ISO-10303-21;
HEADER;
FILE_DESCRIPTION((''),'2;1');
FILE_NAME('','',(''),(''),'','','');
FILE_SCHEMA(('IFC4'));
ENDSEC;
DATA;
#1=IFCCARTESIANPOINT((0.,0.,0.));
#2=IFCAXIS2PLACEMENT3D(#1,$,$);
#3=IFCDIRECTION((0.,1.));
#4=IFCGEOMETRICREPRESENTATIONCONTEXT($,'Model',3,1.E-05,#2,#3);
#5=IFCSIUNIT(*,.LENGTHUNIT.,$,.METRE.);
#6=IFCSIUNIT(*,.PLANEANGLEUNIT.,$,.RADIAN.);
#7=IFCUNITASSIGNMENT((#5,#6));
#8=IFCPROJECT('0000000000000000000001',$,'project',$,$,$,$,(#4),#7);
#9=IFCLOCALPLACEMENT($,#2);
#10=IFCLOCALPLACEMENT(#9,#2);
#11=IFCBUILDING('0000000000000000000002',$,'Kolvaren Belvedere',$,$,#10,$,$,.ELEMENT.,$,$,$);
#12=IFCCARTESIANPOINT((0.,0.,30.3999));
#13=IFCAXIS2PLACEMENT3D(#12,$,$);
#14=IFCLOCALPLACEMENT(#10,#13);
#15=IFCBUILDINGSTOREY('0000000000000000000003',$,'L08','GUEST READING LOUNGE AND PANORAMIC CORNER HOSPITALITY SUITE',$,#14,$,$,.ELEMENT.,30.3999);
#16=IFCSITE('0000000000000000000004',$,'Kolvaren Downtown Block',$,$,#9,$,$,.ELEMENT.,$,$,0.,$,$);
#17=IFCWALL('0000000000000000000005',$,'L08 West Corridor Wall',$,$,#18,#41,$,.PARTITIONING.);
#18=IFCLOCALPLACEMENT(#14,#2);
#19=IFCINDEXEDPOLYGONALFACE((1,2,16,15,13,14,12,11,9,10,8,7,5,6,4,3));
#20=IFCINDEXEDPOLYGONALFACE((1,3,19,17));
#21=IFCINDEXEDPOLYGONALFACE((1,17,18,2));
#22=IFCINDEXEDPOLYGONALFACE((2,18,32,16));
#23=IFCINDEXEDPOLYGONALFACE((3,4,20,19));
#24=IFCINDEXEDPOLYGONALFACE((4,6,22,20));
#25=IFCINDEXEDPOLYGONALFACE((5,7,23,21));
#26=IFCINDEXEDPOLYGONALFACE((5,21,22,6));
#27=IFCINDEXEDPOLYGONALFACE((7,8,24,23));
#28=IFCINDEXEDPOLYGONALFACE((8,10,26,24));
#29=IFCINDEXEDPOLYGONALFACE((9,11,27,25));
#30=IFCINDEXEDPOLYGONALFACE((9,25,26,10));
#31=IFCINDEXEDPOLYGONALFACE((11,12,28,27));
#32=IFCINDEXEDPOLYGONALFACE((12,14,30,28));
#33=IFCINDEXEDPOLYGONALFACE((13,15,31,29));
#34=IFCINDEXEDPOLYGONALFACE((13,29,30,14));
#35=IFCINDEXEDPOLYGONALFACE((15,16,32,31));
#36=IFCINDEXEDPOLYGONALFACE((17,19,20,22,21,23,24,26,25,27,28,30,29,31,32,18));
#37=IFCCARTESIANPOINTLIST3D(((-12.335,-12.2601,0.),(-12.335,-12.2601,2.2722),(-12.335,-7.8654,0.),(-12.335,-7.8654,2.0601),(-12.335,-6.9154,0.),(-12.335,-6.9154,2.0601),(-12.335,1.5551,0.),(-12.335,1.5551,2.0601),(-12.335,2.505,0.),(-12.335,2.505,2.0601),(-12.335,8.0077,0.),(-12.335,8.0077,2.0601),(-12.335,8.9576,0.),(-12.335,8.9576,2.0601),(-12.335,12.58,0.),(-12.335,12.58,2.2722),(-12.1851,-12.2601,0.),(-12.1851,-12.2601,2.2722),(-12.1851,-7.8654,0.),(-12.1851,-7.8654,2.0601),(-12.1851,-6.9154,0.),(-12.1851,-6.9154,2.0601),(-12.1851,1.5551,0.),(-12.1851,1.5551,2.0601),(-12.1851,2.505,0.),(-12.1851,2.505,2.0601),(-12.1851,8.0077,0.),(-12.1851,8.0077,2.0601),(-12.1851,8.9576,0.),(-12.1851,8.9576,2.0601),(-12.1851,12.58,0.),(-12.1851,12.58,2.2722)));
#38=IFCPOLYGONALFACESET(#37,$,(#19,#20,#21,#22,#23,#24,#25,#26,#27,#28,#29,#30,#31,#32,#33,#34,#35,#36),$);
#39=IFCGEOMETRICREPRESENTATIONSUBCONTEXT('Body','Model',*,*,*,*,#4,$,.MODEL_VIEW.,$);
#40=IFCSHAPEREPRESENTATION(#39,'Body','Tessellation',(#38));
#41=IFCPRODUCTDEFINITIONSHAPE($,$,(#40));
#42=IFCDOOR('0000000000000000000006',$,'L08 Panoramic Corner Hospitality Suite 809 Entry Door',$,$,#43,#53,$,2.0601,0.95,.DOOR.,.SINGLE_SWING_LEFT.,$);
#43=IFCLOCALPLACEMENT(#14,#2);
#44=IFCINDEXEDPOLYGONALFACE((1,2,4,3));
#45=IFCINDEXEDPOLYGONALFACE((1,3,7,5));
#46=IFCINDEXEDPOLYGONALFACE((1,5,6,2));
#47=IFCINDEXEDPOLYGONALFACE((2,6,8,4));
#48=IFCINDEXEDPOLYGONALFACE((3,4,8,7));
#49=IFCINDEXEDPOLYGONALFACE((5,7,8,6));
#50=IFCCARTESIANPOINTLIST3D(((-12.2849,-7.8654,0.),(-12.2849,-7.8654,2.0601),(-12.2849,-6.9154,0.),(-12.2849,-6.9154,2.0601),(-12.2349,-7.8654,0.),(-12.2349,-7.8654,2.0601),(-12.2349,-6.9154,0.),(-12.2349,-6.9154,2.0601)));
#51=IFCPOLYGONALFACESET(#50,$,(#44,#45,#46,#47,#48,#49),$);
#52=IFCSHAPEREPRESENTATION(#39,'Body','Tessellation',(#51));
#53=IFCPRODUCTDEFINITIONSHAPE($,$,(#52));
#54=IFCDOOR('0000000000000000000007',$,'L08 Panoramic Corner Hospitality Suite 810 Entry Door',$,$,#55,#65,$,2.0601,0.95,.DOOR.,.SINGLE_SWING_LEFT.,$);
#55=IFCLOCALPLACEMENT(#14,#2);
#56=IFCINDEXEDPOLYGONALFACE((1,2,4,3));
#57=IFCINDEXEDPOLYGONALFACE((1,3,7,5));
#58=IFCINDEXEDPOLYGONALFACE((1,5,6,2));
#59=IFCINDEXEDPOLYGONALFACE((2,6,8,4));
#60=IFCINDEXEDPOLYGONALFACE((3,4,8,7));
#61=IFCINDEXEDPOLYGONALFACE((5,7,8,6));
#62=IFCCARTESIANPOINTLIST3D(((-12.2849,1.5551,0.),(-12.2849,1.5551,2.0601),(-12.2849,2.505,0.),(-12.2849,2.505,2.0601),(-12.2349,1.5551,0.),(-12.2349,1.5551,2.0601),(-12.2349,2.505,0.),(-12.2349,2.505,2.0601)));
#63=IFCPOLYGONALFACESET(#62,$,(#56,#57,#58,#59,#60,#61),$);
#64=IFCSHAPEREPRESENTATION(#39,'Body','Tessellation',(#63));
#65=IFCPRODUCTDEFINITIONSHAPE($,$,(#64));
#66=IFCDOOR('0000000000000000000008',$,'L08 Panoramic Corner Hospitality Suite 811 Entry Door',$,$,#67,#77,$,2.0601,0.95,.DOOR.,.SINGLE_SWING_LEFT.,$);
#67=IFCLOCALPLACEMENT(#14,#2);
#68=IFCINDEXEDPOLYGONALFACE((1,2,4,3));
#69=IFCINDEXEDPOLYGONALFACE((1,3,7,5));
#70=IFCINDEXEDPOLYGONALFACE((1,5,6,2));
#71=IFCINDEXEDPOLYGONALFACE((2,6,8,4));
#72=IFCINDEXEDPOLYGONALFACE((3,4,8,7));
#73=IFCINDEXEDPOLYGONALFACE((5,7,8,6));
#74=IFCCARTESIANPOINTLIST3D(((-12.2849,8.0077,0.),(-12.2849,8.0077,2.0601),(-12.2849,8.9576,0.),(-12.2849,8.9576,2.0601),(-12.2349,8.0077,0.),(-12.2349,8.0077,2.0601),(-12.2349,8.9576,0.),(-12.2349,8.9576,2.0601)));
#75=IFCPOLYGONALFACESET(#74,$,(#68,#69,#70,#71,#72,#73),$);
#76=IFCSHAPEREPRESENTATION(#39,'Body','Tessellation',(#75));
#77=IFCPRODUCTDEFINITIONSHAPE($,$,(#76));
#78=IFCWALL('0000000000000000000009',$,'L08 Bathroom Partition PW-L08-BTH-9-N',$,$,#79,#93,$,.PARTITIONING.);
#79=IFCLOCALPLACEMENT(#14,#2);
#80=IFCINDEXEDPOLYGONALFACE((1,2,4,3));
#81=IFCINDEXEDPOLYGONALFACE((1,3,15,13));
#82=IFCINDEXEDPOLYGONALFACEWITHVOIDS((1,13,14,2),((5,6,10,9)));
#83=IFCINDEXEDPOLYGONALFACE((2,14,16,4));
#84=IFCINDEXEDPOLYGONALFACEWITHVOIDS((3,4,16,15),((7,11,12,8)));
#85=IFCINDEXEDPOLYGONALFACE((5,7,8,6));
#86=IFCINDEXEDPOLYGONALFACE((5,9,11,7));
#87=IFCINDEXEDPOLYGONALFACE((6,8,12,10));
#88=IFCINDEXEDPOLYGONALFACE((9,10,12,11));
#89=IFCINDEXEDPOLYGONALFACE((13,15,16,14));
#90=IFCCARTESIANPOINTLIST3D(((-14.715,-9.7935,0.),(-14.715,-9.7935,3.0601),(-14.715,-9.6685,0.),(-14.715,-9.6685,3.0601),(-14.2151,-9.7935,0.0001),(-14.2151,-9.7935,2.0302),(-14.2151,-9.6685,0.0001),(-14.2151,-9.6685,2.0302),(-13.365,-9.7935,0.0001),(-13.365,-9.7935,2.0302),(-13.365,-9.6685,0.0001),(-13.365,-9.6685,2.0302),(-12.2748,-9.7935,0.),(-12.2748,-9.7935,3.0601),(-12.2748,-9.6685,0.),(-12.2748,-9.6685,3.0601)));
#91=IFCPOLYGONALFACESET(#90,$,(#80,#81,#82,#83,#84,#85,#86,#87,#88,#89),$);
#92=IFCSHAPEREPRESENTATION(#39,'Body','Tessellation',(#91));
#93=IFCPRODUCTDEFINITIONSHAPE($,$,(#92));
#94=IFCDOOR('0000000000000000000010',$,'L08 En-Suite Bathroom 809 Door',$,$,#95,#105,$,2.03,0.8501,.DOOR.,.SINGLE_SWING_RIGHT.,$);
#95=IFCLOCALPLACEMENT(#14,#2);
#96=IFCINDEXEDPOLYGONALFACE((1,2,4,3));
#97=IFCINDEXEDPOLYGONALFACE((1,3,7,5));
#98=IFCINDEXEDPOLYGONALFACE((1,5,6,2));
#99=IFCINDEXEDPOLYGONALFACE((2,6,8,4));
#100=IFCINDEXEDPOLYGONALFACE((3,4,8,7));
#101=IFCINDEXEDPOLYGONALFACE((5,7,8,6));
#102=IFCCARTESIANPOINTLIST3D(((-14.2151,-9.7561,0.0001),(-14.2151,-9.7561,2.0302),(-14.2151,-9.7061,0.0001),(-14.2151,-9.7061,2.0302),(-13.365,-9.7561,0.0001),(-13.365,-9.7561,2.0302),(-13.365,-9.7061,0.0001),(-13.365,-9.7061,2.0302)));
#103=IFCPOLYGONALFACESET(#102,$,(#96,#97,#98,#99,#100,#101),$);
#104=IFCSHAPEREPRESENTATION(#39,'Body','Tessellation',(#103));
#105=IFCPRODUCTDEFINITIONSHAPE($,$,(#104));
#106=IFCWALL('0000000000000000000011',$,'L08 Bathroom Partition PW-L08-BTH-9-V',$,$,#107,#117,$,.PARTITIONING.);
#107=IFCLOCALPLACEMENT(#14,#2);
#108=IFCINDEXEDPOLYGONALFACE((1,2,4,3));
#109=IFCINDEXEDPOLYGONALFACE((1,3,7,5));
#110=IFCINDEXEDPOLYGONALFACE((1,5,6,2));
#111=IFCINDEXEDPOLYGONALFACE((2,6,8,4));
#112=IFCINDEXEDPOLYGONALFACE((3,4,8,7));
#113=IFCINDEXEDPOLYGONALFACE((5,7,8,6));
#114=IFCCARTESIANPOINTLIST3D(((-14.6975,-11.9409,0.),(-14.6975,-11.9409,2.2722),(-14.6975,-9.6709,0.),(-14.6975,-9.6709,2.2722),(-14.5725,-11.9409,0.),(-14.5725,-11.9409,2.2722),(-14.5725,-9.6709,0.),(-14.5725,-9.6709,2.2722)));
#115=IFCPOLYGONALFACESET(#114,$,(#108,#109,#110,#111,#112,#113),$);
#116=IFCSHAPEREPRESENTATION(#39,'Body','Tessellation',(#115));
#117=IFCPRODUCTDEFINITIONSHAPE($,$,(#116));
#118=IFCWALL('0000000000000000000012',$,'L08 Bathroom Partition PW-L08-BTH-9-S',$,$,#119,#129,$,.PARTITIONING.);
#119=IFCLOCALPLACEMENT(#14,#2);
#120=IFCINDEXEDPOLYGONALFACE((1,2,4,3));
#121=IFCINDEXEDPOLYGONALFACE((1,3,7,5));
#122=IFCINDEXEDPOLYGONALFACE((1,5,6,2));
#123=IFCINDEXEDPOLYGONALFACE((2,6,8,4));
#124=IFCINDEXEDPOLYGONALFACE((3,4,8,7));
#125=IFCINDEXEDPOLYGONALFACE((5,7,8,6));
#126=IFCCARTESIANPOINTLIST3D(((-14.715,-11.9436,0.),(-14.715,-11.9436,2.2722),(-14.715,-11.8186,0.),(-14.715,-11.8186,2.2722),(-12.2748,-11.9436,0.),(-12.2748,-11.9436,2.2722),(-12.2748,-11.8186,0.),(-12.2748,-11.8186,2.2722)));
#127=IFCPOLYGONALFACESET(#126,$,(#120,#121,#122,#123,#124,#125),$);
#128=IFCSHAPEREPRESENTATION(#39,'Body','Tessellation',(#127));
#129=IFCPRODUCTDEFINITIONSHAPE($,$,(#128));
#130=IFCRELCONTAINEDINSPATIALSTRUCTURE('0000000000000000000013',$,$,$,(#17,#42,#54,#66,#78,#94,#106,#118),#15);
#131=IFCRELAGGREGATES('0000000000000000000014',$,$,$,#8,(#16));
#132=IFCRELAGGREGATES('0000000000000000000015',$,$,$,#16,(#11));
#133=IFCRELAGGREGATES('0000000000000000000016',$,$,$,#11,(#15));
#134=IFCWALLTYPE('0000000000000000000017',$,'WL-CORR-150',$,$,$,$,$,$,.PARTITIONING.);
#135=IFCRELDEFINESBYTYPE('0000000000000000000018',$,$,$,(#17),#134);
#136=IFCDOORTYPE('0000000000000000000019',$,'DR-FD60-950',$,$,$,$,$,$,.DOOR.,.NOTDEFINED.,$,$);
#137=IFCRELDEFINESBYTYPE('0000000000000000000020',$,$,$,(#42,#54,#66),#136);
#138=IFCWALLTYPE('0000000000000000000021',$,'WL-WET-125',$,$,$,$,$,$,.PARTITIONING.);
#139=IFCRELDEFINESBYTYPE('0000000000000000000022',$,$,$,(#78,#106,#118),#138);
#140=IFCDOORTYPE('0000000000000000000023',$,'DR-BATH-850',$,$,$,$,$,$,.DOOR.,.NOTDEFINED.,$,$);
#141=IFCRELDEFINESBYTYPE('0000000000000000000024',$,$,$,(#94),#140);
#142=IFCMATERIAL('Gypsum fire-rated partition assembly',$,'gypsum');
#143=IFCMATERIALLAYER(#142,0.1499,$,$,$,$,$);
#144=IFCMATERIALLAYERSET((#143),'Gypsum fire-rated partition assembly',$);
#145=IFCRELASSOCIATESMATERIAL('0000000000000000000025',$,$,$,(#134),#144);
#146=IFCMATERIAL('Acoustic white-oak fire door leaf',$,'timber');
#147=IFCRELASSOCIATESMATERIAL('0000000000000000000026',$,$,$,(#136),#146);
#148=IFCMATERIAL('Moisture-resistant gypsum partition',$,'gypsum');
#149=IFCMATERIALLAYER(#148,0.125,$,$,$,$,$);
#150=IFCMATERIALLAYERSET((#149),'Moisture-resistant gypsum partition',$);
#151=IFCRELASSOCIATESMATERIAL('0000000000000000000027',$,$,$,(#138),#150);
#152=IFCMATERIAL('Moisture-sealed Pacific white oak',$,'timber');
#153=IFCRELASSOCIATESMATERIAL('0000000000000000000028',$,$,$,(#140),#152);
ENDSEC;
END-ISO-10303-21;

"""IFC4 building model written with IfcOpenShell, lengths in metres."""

from ifc_helpers import new_model, si_unit, direction, frame, frame_2d, origin, place, context, subcontext, project, spatial, rectangle, extrude, material, layer, layer_set, type_object, element, fill, save


model = new_model("IFC4")

# Units and contexts
model_context = context("Model", 3, precision=1e-05, world=origin(), true_north=direction((0.0, 1.0)))
body_context = subcontext(model_context, "Body", "Model", "MODEL_VIEW")
ifc_project = project(units=[si_unit("LENGTHUNIT", "METRE"), si_unit("PLANEANGLEUNIT", "RADIAN")], contexts=[model_context])

# Site, building, storey
site_placement = place(None, origin())
site = spatial("IfcSite", under=ifc_project, at=site_placement, Name="Kolvaren Downtown Block", CompositionType="ELEMENT", RefElevation=0.0)
building_placement = place(site_placement, origin())
building = spatial("IfcBuilding", under=site, at=building_placement, Name="Kolvaren Belvedere", CompositionType="ELEMENT")
storey_placement = place(building_placement, frame((0.0, 0.0, 30.3999)))
storey = spatial("IfcBuildingStorey", under=building, at=storey_placement, Name="L08", Description="GUEST READING LOUNGE AND PANORAMIC CORNER HOSPITALITY SUITE", CompositionType="ELEMENT", Elevation=30.3999)

# Wall, openings, doors
ifc_material_1 = material(Name="Gypsum fire-rated partition assembly", Category="gypsum")
ifc_layer_1 = layer(ifc_material_1, 0.1499)
ifc_layer_set_1 = layer_set([ifc_layer_1], Name="Gypsum fire-rated partition assembly")
wall_type_1 = type_object("IfcWallType", Name="WL-CORR-150", PredefinedType="PARTITIONING", material=ifc_layer_set_1)
wall_1_placement = place(storey_placement, frame((-12.26, -12.26, 0.0), z_axis=(0.0, 0.0, 1.0), x_axis=(0.0, 1.0, 0.0)))
wall_1 = element("IfcWall", 1, at=wall_1_placement, inside=storey, type_object=wall_type_1, Name="L08 West Corridor Wall", PredefinedType="PARTITIONING", context=body_context, shape_type="SweptSolid", body=[
    extrude(rectangle(XDim=24.8401, YDim=0.1499, at=frame_2d((12.4199, 0.0))), origin(), (0.0, 0.0, 1.0), 2.2722),
])
opening_1_placement = place(wall_1_placement, frame((4.3945, 0.0, 0.0)))
opening_1 = element("IfcOpeningElement", 2, at=opening_1_placement, cuts=wall_1, PredefinedType="OPENING", context=body_context, shape_type="SweptSolid", body=[
    extrude(rectangle(XDim=0.95, YDim=2.0601, at=frame_2d((0.4751, 1.03))), frame((0.0, 0.085, 0.0), z_axis=(0.0, -1.0, 0.0), x_axis=(1.0, 0.0, 0.0)), (0.0, 0.0, 1.0), 0.1699),
])
opening_2_placement = place(wall_1_placement, frame((13.8149, 0.0, 0.0)))
opening_2 = element("IfcOpeningElement", 3, at=opening_2_placement, cuts=wall_1, PredefinedType="OPENING", context=body_context, shape_type="SweptSolid", body=[
    extrude(rectangle(XDim=0.95, YDim=2.0601, at=frame_2d((0.4751, 1.03))), frame((0.0, 0.085, 0.0), z_axis=(0.0, -1.0, 0.0), x_axis=(1.0, 0.0, 0.0)), (0.0, 0.0, 1.0), 0.1699),
])
opening_3_placement = place(wall_1_placement, frame((20.2676, 0.0, 0.0)))
opening_3 = element("IfcOpeningElement", 4, at=opening_3_placement, cuts=wall_1, PredefinedType="OPENING", context=body_context, shape_type="SweptSolid", body=[
    extrude(rectangle(XDim=0.95, YDim=2.0601, at=frame_2d((0.4751, 1.03))), frame((0.0, 0.085, 0.0), z_axis=(0.0, -1.0, 0.0), x_axis=(1.0, 0.0, 0.0)), (0.0, 0.0, 1.0), 0.1699),
])
ifc_material_2 = material(Name="Acoustic white-oak fire door leaf", Category="timber")
door_type_1 = type_object("IfcDoorType", Name="DR-FD60-950", OperationType="NOTDEFINED", PredefinedType="DOOR", material=ifc_material_2)
door_1_placement = place(opening_1_placement, origin())
door_1 = element("IfcDoor", 5, at=door_1_placement, inside=storey, type_object=door_type_1, Name="L08 Panoramic Corner Hospitality Suite 809 Entry Door", OperationType="SINGLE_SWING_LEFT", OverallHeight=2.0601, OverallWidth=0.95, PredefinedType="DOOR", context=body_context, shape_type="SweptSolid", body=[
    extrude(rectangle(XDim=0.95, YDim=2.0601, at=frame_2d((0.4751, 1.03))), frame((0.0, 0.0249, 0.0), z_axis=(0.0, -1.0, 0.0), x_axis=(1.0, 0.0, 0.0)), (0.0, 0.0, 1.0), 0.05),
])
fill(opening_1, door_1)
door_2_placement = place(opening_2_placement, origin())
door_2 = element("IfcDoor", 6, at=door_2_placement, inside=storey, type_object=door_type_1, Name="L08 Panoramic Corner Hospitality Suite 810 Entry Door", OperationType="SINGLE_SWING_LEFT", OverallHeight=2.0601, OverallWidth=0.95, PredefinedType="DOOR", context=body_context, shape_type="SweptSolid", body=[
    extrude(rectangle(XDim=0.95, YDim=2.0601, at=frame_2d((0.4751, 1.03))), frame((0.0, 0.0249, 0.0), z_axis=(0.0, -1.0, 0.0), x_axis=(1.0, 0.0, 0.0)), (0.0, 0.0, 1.0), 0.05),
])
fill(opening_2, door_2)
door_3_placement = place(opening_3_placement, origin())
door_3 = element("IfcDoor", 7, at=door_3_placement, inside=storey, type_object=door_type_1, Name="L08 Panoramic Corner Hospitality Suite 811 Entry Door", OperationType="SINGLE_SWING_LEFT", OverallHeight=2.0601, OverallWidth=0.95, PredefinedType="DOOR", context=body_context, shape_type="SweptSolid", body=[
    extrude(rectangle(XDim=0.95, YDim=2.0601, at=frame_2d((0.4751, 1.03))), frame((0.0, 0.0249, 0.0), z_axis=(0.0, -1.0, 0.0), x_axis=(1.0, 0.0, 0.0)), (0.0, 0.0, 1.0), 0.05),
])
fill(opening_3, door_3)

# Wall, opening, door
ifc_material_3 = material(Name="Moisture-resistant gypsum partition", Category="gypsum")
ifc_layer_2 = layer(ifc_material_3, 0.125)
ifc_layer_set_2 = layer_set([ifc_layer_2], Name="Moisture-resistant gypsum partition")
wall_type_2 = type_object("IfcWallType", Name="WL-WET-125", PredefinedType="PARTITIONING", material=ifc_layer_set_2)
wall_2_placement = place(storey_placement, frame((-14.7151, -9.731, 0.0), z_axis=(0.0, 0.0, 1.0), x_axis=(1.0, 0.0, 0.0)))
wall_2 = element("IfcWall", 8, at=wall_2_placement, inside=storey, type_object=wall_type_2, Name="L08 Bathroom Partition PW-L08-BTH-9-N", PredefinedType="PARTITIONING", context=body_context, shape_type="SweptSolid", body=[
    extrude(rectangle(XDim=2.4402, YDim=0.125, at=frame_2d((1.2202, 0.0))), origin(), (0.0, 0.0, 1.0), 3.0601),
])
opening_4_placement = place(wall_2_placement, frame((0.5, 0.0, 0.0)))
opening_4 = element("IfcOpeningElement", 9, at=opening_4_placement, cuts=wall_2, PredefinedType="OPENING", context=body_context, shape_type="SweptSolid", body=[
    extrude(rectangle(XDim=0.8501, YDim=2.03, at=frame_2d((0.425, 1.0151))), frame((0.0, 0.0725, 0.0), z_axis=(0.0, -1.0, 0.0), x_axis=(1.0, 0.0, 0.0)), (0.0, 0.0, 1.0), 0.145),
])
ifc_material_4 = material(Name="Moisture-sealed Pacific white oak", Category="timber")
door_type_2 = type_object("IfcDoorType", Name="DR-BATH-850", OperationType="NOTDEFINED", PredefinedType="DOOR", material=ifc_material_4)
door_4_placement = place(opening_4_placement, origin())
door_4 = element("IfcDoor", 10, at=door_4_placement, inside=storey, type_object=door_type_2, Name="L08 En-Suite Bathroom 809 Door", OperationType="SINGLE_SWING_RIGHT", OverallHeight=2.03, OverallWidth=0.8501, PredefinedType="DOOR", context=body_context, shape_type="SweptSolid", body=[
    extrude(rectangle(XDim=0.8501, YDim=2.03, at=frame_2d((0.425, 1.0151))), frame((0.0, 0.0249, 0.0), z_axis=(0.0, -1.0, 0.0), x_axis=(1.0, 0.0, 0.0)), (0.0, 0.0, 1.0), 0.05),
])
fill(opening_4, door_4)

# Walls
wall_3_placement = place(storey_placement, frame((-14.635, -11.9409, 0.0), z_axis=(0.0, 0.0, 1.0), x_axis=(0.0, 1.0, 0.0)))
element("IfcWall", 11, at=wall_3_placement, inside=storey, type_object=wall_type_2, Name="L08 Bathroom Partition PW-L08-BTH-9-V", PredefinedType="PARTITIONING", context=body_context, shape_type="SweptSolid", body=[
    extrude(rectangle(XDim=2.27, YDim=0.125, at=frame_2d((1.135, 0.0))), origin(), (0.0, 0.0, 1.0), 2.2722),
])
wall_4_placement = place(storey_placement, frame((-14.7151, -11.8811, 0.0), z_axis=(0.0, 0.0, 1.0), x_axis=(1.0, 0.0, 0.0)))
element("IfcWall", 12, at=wall_4_placement, inside=storey, type_object=wall_type_2, Name="L08 Bathroom Partition PW-L08-BTH-9-S", PredefinedType="PARTITIONING", context=body_context, shape_type="SweptSolid", body=[
    extrude(rectangle(XDim=2.4402, YDim=0.125, at=frame_2d((1.2202, 0.0))), origin(), (0.0, 0.0, 1.0), 2.2722),
])

save(model, "model.ifc")
